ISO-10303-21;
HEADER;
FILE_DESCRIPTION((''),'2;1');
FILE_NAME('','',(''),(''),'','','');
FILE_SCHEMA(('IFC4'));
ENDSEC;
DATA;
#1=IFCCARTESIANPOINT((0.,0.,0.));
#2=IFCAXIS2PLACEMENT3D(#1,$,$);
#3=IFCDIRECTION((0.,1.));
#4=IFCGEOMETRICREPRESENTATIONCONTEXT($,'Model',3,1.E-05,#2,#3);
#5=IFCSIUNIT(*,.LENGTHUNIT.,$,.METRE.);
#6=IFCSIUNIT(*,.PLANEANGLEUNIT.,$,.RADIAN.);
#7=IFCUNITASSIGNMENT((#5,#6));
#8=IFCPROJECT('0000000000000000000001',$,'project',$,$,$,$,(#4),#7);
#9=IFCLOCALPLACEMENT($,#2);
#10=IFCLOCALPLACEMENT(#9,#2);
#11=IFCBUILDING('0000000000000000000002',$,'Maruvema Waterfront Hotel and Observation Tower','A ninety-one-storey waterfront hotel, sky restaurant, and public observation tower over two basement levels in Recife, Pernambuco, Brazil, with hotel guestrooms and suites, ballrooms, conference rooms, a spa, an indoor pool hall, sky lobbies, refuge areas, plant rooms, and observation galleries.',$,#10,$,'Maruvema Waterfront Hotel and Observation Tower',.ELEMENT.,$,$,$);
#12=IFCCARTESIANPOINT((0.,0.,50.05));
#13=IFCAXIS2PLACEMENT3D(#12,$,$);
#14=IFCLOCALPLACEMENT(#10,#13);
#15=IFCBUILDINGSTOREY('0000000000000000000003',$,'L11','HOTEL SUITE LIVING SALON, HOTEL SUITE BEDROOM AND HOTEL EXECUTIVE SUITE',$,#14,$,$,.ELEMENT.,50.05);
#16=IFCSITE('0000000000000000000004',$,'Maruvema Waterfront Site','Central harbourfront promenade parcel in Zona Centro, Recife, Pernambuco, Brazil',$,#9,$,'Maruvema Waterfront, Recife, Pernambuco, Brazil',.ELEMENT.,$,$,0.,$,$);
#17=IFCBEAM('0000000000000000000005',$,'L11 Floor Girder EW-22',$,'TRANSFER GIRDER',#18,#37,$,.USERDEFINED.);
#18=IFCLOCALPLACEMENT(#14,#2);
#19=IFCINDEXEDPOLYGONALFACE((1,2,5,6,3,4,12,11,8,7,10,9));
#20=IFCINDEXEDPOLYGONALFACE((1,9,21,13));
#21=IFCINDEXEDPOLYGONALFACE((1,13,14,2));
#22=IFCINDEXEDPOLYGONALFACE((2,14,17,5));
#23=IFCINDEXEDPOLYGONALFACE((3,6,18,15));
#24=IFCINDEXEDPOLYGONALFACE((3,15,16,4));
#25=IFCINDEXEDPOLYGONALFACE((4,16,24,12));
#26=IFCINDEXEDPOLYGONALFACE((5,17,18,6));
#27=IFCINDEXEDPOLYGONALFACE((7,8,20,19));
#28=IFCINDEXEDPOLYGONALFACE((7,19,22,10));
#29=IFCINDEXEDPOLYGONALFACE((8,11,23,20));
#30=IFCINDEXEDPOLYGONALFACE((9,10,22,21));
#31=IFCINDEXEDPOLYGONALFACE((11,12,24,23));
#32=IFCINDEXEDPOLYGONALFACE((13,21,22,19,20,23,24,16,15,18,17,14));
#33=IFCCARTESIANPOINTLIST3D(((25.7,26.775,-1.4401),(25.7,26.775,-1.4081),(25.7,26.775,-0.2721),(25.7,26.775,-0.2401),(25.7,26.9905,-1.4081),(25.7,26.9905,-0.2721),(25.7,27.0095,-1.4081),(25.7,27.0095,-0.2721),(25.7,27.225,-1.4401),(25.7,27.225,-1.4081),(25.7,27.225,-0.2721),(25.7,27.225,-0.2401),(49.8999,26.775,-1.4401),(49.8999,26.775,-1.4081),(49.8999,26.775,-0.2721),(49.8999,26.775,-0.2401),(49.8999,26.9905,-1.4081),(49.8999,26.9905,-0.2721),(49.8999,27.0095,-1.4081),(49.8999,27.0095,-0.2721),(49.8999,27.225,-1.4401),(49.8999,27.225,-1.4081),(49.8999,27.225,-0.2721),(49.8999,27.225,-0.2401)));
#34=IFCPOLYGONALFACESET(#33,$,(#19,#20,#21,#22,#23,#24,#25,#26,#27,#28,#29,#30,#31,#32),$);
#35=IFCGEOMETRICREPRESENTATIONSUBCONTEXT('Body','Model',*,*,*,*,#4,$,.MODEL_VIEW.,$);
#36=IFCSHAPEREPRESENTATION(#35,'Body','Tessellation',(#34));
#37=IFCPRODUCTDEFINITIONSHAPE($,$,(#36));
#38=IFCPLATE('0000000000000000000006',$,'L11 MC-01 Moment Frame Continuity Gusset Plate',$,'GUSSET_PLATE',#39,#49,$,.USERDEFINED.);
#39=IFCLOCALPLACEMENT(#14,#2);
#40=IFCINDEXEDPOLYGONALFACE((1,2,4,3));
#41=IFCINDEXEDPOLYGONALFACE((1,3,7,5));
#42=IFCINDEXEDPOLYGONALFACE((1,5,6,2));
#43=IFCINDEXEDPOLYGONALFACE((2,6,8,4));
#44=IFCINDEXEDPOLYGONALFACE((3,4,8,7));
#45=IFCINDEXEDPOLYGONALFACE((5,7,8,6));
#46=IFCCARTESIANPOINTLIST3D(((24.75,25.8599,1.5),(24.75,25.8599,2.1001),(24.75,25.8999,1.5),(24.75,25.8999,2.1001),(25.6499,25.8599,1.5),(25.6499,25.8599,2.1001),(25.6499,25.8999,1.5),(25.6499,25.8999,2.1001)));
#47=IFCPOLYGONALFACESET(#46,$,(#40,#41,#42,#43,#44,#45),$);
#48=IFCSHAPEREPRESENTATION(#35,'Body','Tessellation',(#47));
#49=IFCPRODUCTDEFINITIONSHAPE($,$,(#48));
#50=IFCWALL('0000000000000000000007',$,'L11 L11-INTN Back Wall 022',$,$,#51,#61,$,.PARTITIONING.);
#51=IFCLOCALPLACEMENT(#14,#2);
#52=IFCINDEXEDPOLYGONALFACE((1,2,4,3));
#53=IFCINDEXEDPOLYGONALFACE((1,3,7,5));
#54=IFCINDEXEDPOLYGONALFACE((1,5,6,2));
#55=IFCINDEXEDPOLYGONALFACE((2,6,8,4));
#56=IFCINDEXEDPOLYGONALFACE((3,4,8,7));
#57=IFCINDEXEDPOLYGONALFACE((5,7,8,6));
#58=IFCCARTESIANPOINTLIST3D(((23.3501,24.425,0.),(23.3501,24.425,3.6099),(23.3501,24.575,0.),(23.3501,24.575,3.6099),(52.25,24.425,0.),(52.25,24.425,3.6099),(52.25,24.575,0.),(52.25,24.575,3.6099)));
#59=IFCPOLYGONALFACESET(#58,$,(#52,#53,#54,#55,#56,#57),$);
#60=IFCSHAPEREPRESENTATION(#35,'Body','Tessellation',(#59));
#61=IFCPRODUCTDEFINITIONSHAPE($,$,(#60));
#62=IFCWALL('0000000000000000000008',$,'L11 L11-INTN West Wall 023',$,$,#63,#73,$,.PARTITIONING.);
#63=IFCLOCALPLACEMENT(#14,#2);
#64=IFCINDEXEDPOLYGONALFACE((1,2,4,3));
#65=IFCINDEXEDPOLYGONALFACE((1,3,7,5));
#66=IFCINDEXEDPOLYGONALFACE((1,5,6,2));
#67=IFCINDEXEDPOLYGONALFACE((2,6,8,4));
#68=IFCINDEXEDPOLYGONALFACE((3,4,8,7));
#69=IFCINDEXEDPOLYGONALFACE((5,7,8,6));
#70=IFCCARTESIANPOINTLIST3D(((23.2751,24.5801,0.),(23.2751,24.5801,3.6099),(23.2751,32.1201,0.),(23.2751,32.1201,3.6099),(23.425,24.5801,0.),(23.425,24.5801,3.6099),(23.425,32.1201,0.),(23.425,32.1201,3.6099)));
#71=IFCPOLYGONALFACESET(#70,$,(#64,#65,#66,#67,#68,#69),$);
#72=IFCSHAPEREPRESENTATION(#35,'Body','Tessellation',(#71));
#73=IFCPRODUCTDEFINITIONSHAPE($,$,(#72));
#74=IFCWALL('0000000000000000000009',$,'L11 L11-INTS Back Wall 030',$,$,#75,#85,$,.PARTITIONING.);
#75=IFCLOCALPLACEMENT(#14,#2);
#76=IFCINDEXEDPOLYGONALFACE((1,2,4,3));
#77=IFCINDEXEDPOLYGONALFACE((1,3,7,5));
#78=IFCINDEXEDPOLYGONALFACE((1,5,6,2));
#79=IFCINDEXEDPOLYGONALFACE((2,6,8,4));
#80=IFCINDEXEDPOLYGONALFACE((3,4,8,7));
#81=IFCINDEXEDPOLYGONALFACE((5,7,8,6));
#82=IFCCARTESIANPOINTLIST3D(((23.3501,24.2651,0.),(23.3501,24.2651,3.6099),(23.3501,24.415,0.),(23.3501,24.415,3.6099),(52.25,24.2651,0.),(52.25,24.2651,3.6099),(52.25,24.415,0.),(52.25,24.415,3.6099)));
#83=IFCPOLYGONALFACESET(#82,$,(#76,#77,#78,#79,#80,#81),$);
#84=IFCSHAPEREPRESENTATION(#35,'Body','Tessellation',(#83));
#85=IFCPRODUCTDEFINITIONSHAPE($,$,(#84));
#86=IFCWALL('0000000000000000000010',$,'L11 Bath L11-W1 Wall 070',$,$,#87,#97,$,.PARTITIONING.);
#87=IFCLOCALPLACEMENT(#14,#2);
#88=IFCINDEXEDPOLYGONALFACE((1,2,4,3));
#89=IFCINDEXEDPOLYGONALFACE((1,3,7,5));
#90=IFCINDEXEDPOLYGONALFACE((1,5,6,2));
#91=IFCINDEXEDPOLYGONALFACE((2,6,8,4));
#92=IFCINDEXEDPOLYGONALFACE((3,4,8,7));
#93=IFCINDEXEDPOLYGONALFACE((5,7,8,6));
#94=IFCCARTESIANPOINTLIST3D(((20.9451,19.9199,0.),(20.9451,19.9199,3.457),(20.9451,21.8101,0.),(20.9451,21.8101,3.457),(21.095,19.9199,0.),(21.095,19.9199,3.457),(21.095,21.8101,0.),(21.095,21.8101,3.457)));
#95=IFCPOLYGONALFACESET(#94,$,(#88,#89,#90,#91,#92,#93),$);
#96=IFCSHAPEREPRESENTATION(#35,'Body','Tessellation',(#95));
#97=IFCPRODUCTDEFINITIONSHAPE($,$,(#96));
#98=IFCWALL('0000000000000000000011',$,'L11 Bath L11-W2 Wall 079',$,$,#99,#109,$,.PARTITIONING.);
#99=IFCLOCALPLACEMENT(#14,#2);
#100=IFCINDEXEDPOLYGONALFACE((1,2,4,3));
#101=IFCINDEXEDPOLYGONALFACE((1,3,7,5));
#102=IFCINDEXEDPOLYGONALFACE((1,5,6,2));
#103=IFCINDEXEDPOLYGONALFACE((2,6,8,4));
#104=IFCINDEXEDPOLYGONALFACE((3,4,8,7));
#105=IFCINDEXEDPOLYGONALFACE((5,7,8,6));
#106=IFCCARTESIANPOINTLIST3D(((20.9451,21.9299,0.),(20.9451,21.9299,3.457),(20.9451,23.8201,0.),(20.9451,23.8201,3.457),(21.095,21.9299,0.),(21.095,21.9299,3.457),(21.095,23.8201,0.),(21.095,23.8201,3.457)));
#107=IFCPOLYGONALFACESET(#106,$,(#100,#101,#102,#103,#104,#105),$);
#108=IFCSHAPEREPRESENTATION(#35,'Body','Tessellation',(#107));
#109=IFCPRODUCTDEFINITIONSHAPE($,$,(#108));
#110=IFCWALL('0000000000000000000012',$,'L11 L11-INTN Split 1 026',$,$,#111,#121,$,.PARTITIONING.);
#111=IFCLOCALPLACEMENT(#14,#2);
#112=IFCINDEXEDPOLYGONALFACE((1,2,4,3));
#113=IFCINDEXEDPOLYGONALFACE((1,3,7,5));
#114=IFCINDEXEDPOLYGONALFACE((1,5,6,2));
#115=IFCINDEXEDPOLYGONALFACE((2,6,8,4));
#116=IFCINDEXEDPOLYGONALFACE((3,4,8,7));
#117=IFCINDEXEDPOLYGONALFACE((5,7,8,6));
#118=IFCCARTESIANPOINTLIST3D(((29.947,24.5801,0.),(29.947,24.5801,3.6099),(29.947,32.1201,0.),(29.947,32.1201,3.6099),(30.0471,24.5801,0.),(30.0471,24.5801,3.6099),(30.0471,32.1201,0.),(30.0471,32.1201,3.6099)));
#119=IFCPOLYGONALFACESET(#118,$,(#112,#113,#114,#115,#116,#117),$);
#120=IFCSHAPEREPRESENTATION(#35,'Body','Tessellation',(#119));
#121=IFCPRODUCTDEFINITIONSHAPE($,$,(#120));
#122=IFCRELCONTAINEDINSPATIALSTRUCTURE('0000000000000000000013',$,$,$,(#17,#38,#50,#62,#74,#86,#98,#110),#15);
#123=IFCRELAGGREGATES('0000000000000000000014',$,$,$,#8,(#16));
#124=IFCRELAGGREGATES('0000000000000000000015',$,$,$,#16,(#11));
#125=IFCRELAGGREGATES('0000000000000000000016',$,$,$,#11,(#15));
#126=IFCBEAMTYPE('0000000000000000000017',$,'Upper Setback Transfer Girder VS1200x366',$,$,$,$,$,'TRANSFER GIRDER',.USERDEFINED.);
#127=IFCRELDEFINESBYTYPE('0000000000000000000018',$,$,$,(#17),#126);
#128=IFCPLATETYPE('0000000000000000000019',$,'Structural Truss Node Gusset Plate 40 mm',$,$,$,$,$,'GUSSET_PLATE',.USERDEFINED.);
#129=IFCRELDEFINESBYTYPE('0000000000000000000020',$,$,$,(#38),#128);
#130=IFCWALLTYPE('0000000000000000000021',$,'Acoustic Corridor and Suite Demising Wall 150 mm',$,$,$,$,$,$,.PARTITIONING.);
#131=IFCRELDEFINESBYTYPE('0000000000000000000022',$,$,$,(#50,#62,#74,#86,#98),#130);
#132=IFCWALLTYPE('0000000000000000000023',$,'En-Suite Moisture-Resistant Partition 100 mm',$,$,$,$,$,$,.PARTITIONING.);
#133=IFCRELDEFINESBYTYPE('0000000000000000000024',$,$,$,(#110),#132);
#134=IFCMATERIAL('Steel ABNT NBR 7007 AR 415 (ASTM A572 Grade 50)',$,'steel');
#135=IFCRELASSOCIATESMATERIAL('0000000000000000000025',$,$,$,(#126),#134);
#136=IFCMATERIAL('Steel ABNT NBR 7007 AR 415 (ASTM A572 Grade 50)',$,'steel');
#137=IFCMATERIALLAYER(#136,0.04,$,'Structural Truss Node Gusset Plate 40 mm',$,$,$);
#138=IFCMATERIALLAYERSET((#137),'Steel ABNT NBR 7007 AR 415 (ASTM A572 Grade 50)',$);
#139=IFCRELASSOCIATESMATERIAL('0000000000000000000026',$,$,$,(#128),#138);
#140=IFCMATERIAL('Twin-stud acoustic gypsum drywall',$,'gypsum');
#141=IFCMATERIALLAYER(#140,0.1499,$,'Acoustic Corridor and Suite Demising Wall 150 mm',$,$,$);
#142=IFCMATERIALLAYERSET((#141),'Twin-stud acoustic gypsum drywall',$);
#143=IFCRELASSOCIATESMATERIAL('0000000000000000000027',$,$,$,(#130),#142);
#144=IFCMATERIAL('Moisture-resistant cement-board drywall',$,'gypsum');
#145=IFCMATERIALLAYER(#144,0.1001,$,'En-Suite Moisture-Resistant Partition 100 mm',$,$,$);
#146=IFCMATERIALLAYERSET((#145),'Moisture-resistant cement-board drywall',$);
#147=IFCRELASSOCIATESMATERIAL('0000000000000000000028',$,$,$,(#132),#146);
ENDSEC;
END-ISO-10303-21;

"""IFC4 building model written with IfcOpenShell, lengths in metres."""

from ifc_helpers import new_model, si_unit, direction, frame, frame_2d, origin, origin_2d, place, context, subcontext, project, spatial, rectangle, i_section, extrude, material, layer, layer_set, material_profile, profile_set, type_object, element, save


model = new_model("IFC4")

# Units and contexts
model_context = context("Model", 3, precision=1e-05, world=origin(), true_north=direction((0.0, 1.0)))
body_context = subcontext(model_context, "Body", "Model", "MODEL_VIEW")
ifc_project = project(units=[si_unit("LENGTHUNIT", "METRE"), si_unit("PLANEANGLEUNIT", "RADIAN")], contexts=[model_context])

# Site, building, storey
site_placement = place(None, origin())
site = spatial("IfcSite", under=ifc_project, at=site_placement, Name="Maruvema Waterfront Site", Description="Central harbourfront promenade parcel in Zona Centro, Recife, Pernambuco, Brazil", LongName="Maruvema Waterfront, Recife, Pernambuco, Brazil", CompositionType="ELEMENT", RefElevation=0.0)
building_placement = place(site_placement, origin())
building = spatial("IfcBuilding", under=site, at=building_placement, Name="Maruvema Waterfront Hotel and Observation Tower", Description="A ninety-one-storey waterfront hotel, sky restaurant, and public observation tower over two basement levels in Recife, Pernambuco, Brazil, with hotel guestrooms and suites, ballrooms, conference rooms, a spa, an indoor pool hall, sky lobbies, refuge areas, plant rooms, and observation galleries.", LongName="Maruvema Waterfront Hotel and Observation Tower", CompositionType="ELEMENT")
storey_placement = place(building_placement, frame((0.0, 0.0, 50.05)))
storey = spatial("IfcBuildingStorey", under=building, at=storey_placement, Name="L11", Description="HOTEL SUITE LIVING SALON, HOTEL SUITE BEDROOM AND HOTEL EXECUTIVE SUITE", CompositionType="ELEMENT", Elevation=50.05)

# Beam
ifc_material_1 = material(Name="Steel ABNT NBR 7007 AR 415 (ASTM A572 Grade 50)", Category="steel")
ifc_material_profile_1 = material_profile(ifc_material_1, i_section(OverallWidth=0.45, OverallDepth=1.2, WebThickness=0.019, FlangeThickness=0.032, at=origin_2d()), Name="VS1200x366")
ifc_profile_set_1 = profile_set([ifc_material_profile_1], Name="Steel ABNT NBR 7007 AR 415 (ASTM A572 Grade 50)")
beam_type_1 = type_object("IfcBeamType", Name="Upper Setback Transfer Girder VS1200x366", ElementType="TRANSFER GIRDER", PredefinedType="USERDEFINED", material=ifc_profile_set_1)
beam_1_placement = place(storey_placement, frame((25.7, 27.0, -0.8401), z_axis=(1.0, 0.0, 0.0), x_axis=(0.0, 1.0, 0.0)))
element("IfcBeam", 1, at=beam_1_placement, inside=storey, type_object=beam_type_1, Name="L11 Floor Girder EW-22", ObjectType="TRANSFER GIRDER", PredefinedType="USERDEFINED", context=body_context, shape_type="SweptSolid", body=[
    extrude(i_section(OverallWidth=0.45, OverallDepth=1.2, WebThickness=0.019, FlangeThickness=0.032, at=origin_2d()), origin(), (0.0, 0.0, 1.0), 24.2),
])

# Plate
ifc_material_2 = material(Name="Steel ABNT NBR 7007 AR 415 (ASTM A572 Grade 50)", Category="steel")
ifc_layer_1 = layer(ifc_material_2, 0.04, Name="Structural Truss Node Gusset Plate 40 mm")
ifc_layer_set_1 = layer_set([ifc_layer_1], Name="Steel ABNT NBR 7007 AR 415 (ASTM A572 Grade 50)")
plate_type = type_object("IfcPlateType", Name="Structural Truss Node Gusset Plate 40 mm", ElementType="GUSSET_PLATE", PredefinedType="USERDEFINED", material=ifc_layer_set_1)
plate_placement = place(storey_placement, frame((25.2, 25.8799, 1.5), z_axis=(0.0, 0.0, 1.0), x_axis=(1.0, 0.0, 0.0)))
element("IfcPlate", 2, at=plate_placement, inside=storey, type_object=plate_type, Name="L11 MC-01 Moment Frame Continuity Gusset Plate", ObjectType="GUSSET_PLATE", PredefinedType="USERDEFINED", context=body_context, shape_type="SweptSolid", body=[
    extrude(rectangle(XDim=0.8999, YDim=0.04, at=origin_2d()), origin(), (0.0, 0.0, 1.0), 0.6001),
])

# Walls
ifc_material_3 = material(Name="Twin-stud acoustic gypsum drywall", Category="gypsum")
ifc_layer_2 = layer(ifc_material_3, 0.1499, Name="Acoustic Corridor and Suite Demising Wall 150 mm")
ifc_layer_set_2 = layer_set([ifc_layer_2], Name="Twin-stud acoustic gypsum drywall")
wall_type_1 = type_object("IfcWallType", Name="Acoustic Corridor and Suite Demising Wall 150 mm", PredefinedType="PARTITIONING", material=ifc_layer_set_2)
wall_1_placement = place(storey_placement, frame((23.3501, 24.5, 0.0), z_axis=(0.0, 0.0, 1.0), x_axis=(1.0, 0.0, 0.0)))
element("IfcWall", 3, at=wall_1_placement, inside=storey, type_object=wall_type_1, Name="L11 L11-INTN Back Wall 022", PredefinedType="PARTITIONING", context=body_context, shape_type="SweptSolid", body=[
    extrude(rectangle(XDim=28.8999, YDim=0.1499, at=frame_2d((14.45, 0.0))), origin(), (0.0, 0.0, 1.0), 3.6099),
])
wall_2_placement = place(storey_placement, frame((23.3501, 24.5801, 0.0), z_axis=(0.0, 0.0, 1.0), x_axis=(0.0, 1.0, 0.0)))
element("IfcWall", 4, at=wall_2_placement, inside=storey, type_object=wall_type_1, Name="L11 L11-INTN West Wall 023", PredefinedType="PARTITIONING", context=body_context, shape_type="SweptSolid", body=[
    extrude(rectangle(XDim=7.54, YDim=0.1499, at=frame_2d((3.77, 0.0))), origin(), (0.0, 0.0, 1.0), 3.6099),
])
wall_3_placement = place(storey_placement, frame((23.3501, 24.3401, 0.0), z_axis=(0.0, 0.0, 1.0), x_axis=(1.0, 0.0, 0.0)))
element("IfcWall", 5, at=wall_3_placement, inside=storey, type_object=wall_type_1, Name="L11 L11-INTS Back Wall 030", PredefinedType="PARTITIONING", context=body_context, shape_type="SweptSolid", body=[
    extrude(rectangle(XDim=28.8999, YDim=0.1499, at=frame_2d((14.45, 0.0))), origin(), (0.0, 0.0, 1.0), 3.6099),
])
for number, where, z_axis, x_axis, name in (
    (6, (21.02, 19.9199, 0.0), (0.0, 0.0, 1.0), (0.0, 1.0, 0.0), "L11 Bath L11-W1 Wall 070"),
    (7, (21.02, 21.9299, 0.0), (0.0, 0.0, 1.0), (0.0, 1.0, 0.0), "L11 Bath L11-W2 Wall 079"),
):
    element("IfcWall", number, at=place(storey_placement, frame(where, z_axis=z_axis, x_axis=x_axis)), inside=storey, type_object=wall_type_1, Name=name, PredefinedType="PARTITIONING", context=body_context, shape_type="SweptSolid", body=[
        extrude(rectangle(XDim=1.8901, YDim=0.1499, at=frame_2d((0.9451, 0.0))), origin(), (0.0, 0.0, 1.0), 3.457),
    ])

# Wall
ifc_material_4 = material(Name="Moisture-resistant cement-board drywall", Category="gypsum")
ifc_layer_3 = layer(ifc_material_4, 0.1001, Name="En-Suite Moisture-Resistant Partition 100 mm")
ifc_layer_set_3 = layer_set([ifc_layer_3], Name="Moisture-resistant cement-board drywall")
wall_type_2 = type_object("IfcWallType", Name="En-Suite Moisture-Resistant Partition 100 mm", PredefinedType="PARTITIONING", material=ifc_layer_set_3)
wall_4_placement = place(storey_placement, frame((29.9971, 24.5801, 0.0), z_axis=(0.0, 0.0, 1.0), x_axis=(0.0, 1.0, 0.0)))
element("IfcWall", 8, at=wall_4_placement, inside=storey, type_object=wall_type_2, Name="L11 L11-INTN Split 1 026", PredefinedType="PARTITIONING", context=body_context, shape_type="SweptSolid", body=[
    extrude(rectangle(XDim=7.54, YDim=0.1001, at=frame_2d((3.77, 0.0))), origin(), (0.0, 0.0, 1.0), 3.6099),
])

save(model, "model.ifc")
